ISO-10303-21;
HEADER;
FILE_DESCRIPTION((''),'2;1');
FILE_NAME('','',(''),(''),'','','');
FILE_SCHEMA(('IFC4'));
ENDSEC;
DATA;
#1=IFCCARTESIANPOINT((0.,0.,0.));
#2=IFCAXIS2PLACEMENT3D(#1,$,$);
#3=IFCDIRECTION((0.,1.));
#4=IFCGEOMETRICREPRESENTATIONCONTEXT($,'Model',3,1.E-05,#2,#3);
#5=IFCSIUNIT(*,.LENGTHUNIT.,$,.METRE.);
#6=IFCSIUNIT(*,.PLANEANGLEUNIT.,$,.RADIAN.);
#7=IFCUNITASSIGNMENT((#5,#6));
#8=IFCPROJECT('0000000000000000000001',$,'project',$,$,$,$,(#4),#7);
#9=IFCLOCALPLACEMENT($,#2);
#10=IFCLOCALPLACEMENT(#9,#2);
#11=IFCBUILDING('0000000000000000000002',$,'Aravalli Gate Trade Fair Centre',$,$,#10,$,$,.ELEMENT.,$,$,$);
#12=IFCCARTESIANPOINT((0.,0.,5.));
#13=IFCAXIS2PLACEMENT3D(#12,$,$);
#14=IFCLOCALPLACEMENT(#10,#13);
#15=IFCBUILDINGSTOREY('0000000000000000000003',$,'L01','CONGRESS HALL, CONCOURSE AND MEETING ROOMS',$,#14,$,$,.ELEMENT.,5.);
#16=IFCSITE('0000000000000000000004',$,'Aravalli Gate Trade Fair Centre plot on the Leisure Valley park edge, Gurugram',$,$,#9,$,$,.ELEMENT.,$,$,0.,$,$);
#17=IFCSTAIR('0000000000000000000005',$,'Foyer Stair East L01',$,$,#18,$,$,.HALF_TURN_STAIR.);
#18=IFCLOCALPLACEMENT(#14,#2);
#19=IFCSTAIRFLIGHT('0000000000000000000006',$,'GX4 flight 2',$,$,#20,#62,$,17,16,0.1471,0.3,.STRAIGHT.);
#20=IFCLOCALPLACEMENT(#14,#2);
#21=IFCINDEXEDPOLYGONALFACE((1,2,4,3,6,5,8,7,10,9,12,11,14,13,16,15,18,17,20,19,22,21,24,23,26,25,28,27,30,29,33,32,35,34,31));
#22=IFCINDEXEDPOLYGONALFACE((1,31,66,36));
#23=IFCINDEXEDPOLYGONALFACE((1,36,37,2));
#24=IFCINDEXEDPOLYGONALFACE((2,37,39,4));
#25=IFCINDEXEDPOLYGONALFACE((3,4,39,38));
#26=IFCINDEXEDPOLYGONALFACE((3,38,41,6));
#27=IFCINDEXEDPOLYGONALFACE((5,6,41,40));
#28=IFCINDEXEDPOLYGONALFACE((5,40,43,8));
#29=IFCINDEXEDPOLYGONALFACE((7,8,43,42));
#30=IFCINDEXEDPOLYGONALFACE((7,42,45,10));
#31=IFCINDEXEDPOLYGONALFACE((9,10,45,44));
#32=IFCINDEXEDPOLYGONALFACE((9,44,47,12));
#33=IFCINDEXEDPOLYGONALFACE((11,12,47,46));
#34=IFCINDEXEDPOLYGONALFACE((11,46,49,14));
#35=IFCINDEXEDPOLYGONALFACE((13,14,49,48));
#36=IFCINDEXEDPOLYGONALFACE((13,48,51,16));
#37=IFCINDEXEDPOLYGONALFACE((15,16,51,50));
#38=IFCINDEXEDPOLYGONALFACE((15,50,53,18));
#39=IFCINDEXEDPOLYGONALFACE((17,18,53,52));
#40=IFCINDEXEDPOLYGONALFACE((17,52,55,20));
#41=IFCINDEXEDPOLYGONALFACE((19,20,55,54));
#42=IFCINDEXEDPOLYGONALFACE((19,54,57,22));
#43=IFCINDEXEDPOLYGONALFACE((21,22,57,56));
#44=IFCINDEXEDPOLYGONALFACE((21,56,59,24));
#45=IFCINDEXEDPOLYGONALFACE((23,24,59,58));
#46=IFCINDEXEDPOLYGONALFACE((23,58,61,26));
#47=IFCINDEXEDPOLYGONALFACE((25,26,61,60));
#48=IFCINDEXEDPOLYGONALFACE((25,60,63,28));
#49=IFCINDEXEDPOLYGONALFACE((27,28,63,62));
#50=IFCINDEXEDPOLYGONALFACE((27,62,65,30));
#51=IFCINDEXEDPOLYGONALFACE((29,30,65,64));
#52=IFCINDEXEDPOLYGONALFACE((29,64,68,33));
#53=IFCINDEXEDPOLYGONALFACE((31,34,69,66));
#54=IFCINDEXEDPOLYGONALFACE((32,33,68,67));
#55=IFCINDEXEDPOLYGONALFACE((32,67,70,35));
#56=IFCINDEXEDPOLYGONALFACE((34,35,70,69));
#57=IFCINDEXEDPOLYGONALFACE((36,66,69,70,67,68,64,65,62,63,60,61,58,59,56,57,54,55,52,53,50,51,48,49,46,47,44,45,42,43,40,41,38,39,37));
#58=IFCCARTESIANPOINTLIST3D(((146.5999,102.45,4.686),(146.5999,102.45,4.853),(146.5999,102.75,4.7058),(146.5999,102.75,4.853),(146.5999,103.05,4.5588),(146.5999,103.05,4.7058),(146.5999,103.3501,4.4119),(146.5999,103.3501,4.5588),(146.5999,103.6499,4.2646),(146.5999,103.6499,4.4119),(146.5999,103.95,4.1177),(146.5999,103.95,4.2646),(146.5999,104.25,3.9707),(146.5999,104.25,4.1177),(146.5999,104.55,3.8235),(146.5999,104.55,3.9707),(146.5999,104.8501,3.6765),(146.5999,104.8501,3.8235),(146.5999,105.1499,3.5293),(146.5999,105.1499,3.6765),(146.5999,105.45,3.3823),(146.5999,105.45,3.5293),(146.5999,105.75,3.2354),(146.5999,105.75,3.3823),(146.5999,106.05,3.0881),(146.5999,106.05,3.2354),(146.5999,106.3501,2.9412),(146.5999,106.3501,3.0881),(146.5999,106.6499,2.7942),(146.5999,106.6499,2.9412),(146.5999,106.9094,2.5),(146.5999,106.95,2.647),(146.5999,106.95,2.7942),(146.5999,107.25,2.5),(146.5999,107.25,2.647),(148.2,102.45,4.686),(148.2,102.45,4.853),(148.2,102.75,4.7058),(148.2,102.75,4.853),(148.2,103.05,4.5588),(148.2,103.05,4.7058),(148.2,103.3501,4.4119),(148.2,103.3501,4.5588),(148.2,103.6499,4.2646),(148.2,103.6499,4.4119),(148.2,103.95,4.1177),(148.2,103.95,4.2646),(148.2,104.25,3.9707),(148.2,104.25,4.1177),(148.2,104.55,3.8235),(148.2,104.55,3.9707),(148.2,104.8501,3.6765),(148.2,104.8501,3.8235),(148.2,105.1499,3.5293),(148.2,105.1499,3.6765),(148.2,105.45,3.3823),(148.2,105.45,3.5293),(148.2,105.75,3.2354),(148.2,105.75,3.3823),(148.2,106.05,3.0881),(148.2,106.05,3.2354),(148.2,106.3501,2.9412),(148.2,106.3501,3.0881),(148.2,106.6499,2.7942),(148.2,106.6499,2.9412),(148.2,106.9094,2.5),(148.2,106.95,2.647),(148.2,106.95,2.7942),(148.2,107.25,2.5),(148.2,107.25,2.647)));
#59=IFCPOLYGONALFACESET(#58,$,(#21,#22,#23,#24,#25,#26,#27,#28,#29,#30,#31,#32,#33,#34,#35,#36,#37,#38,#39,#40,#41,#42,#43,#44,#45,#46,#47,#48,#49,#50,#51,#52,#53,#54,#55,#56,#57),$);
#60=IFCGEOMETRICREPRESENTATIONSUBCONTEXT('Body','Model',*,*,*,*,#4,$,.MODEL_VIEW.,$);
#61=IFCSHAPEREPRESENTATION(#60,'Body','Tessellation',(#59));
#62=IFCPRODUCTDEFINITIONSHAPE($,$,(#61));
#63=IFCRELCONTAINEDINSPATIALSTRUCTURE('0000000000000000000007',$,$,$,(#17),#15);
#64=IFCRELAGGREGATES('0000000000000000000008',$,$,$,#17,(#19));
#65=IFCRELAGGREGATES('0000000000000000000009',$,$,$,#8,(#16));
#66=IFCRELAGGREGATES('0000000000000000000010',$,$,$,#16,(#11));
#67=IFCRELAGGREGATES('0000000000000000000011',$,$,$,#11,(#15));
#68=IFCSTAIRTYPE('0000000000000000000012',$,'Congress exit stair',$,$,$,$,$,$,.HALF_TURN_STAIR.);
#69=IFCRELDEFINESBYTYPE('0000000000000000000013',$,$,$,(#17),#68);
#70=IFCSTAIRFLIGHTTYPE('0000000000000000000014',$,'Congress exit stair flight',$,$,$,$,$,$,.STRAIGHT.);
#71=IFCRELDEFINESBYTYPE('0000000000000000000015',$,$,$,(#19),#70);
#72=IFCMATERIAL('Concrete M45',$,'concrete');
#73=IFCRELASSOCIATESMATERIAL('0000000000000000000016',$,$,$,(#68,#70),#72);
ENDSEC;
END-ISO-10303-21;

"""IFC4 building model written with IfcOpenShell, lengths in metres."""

from ifc_helpers import new_model, si_unit, direction, frame, origin, place, context, subcontext, project, spatial, polyline, outline, extrude, material, type_object, element, aggregate, save


model = new_model("IFC4")

# Units and contexts
model_context = context("Model", 3, precision=1e-05, world=origin(), true_north=direction((0.0, 1.0)))
body_context = subcontext(model_context, "Body", "Model", "MODEL_VIEW")
ifc_project = project(units=[si_unit("LENGTHUNIT", "METRE"), si_unit("PLANEANGLEUNIT", "RADIAN")], contexts=[model_context])

# Site, building, storey
site_placement = place(None, origin())
site = spatial("IfcSite", under=ifc_project, at=site_placement, Name="Aravalli Gate Trade Fair Centre plot on the Leisure Valley park edge, Gurugram", CompositionType="ELEMENT", RefElevation=0.0)
building_placement = place(site_placement, origin())
building = spatial("IfcBuilding", under=site, at=building_placement, Name="Aravalli Gate Trade Fair Centre", CompositionType="ELEMENT")
storey_placement = place(building_placement, frame((0.0, 0.0, 5.0)))
storey = spatial("IfcBuildingStorey", under=building, at=storey_placement, Name="L01", Description="CONGRESS HALL, CONCOURSE AND MEETING ROOMS", CompositionType="ELEMENT", Elevation=5.0)

# Shared definitions
ifc_material_1 = material(Name="Concrete M45", Category="concrete")

# Stair, stair flight
stair_type = type_object("IfcStairType", Name="Congress exit stair", PredefinedType="HALF_TURN_STAIR", material=ifc_material_1)
stair_placement = place(storey_placement, origin())
stair = element("IfcStair", 1, at=stair_placement, inside=storey, type_object=stair_type, Name="Foyer Stair East L01", PredefinedType="HALF_TURN_STAIR")
stair_flight_type = type_object("IfcStairFlightType", Name="Congress exit stair flight", PredefinedType="STRAIGHT", material=ifc_material_1)
stair_flight_1_placement = place(storey_placement, frame((147.3999, 107.25, 2.5), z_axis=(0.0, 0.0, 1.0), x_axis=(0.0, -1.0, 0.0)))
stair_flight_1 = element("IfcStairFlight", 2, at=stair_flight_1_placement, type_object=stair_flight_type, Name="GX4 flight 2", NumberOfRisers=17, NumberOfTreads=16, PredefinedType="STRAIGHT", RiserHeight=0.1471, TreadLength=0.3, context=body_context, shape_type="SweptSolid", body=[
    extrude(outline(polyline([(0.0, 0.0), (0.0, 0.147), (0.3, 0.147), (0.3, 0.2942), (0.6001, 0.2942), (0.6001, 0.4412), (0.8999, 0.4412), (0.8999, 0.5881), (1.2, 0.5881), (1.2, 0.7354), (1.5, 0.7354), (1.5, 0.8823), (1.8, 0.8823), (1.8, 1.0293), (2.1001, 1.0293), (2.1001, 1.1765), (2.3999, 1.1765), (2.3999, 1.3235), (2.7, 1.3235), (2.7, 1.4707), (3.0, 1.4707), (3.0, 1.6177), (3.3, 1.6177), (3.3, 1.7646), (3.6001, 1.7646), (3.6001, 1.9119), (3.8999, 1.9119), (3.8999, 2.0588), (4.2, 2.0588), (4.2, 2.2058), (4.5, 2.2058), (4.5, 2.353), (4.8, 2.353), (4.8, 2.5), (4.8, 2.186), (0.3406, 0.0), (0.0, 0.0)])), frame((0.0, 0.8, 0.0), z_axis=(0.0, -1.0, 0.0), x_axis=(1.0, 0.0, 0.0)), (0.0, 0.0, 1.0), 1.6001),
])
aggregate(stair, [stair_flight_1])

save(model, "model.ifc")
